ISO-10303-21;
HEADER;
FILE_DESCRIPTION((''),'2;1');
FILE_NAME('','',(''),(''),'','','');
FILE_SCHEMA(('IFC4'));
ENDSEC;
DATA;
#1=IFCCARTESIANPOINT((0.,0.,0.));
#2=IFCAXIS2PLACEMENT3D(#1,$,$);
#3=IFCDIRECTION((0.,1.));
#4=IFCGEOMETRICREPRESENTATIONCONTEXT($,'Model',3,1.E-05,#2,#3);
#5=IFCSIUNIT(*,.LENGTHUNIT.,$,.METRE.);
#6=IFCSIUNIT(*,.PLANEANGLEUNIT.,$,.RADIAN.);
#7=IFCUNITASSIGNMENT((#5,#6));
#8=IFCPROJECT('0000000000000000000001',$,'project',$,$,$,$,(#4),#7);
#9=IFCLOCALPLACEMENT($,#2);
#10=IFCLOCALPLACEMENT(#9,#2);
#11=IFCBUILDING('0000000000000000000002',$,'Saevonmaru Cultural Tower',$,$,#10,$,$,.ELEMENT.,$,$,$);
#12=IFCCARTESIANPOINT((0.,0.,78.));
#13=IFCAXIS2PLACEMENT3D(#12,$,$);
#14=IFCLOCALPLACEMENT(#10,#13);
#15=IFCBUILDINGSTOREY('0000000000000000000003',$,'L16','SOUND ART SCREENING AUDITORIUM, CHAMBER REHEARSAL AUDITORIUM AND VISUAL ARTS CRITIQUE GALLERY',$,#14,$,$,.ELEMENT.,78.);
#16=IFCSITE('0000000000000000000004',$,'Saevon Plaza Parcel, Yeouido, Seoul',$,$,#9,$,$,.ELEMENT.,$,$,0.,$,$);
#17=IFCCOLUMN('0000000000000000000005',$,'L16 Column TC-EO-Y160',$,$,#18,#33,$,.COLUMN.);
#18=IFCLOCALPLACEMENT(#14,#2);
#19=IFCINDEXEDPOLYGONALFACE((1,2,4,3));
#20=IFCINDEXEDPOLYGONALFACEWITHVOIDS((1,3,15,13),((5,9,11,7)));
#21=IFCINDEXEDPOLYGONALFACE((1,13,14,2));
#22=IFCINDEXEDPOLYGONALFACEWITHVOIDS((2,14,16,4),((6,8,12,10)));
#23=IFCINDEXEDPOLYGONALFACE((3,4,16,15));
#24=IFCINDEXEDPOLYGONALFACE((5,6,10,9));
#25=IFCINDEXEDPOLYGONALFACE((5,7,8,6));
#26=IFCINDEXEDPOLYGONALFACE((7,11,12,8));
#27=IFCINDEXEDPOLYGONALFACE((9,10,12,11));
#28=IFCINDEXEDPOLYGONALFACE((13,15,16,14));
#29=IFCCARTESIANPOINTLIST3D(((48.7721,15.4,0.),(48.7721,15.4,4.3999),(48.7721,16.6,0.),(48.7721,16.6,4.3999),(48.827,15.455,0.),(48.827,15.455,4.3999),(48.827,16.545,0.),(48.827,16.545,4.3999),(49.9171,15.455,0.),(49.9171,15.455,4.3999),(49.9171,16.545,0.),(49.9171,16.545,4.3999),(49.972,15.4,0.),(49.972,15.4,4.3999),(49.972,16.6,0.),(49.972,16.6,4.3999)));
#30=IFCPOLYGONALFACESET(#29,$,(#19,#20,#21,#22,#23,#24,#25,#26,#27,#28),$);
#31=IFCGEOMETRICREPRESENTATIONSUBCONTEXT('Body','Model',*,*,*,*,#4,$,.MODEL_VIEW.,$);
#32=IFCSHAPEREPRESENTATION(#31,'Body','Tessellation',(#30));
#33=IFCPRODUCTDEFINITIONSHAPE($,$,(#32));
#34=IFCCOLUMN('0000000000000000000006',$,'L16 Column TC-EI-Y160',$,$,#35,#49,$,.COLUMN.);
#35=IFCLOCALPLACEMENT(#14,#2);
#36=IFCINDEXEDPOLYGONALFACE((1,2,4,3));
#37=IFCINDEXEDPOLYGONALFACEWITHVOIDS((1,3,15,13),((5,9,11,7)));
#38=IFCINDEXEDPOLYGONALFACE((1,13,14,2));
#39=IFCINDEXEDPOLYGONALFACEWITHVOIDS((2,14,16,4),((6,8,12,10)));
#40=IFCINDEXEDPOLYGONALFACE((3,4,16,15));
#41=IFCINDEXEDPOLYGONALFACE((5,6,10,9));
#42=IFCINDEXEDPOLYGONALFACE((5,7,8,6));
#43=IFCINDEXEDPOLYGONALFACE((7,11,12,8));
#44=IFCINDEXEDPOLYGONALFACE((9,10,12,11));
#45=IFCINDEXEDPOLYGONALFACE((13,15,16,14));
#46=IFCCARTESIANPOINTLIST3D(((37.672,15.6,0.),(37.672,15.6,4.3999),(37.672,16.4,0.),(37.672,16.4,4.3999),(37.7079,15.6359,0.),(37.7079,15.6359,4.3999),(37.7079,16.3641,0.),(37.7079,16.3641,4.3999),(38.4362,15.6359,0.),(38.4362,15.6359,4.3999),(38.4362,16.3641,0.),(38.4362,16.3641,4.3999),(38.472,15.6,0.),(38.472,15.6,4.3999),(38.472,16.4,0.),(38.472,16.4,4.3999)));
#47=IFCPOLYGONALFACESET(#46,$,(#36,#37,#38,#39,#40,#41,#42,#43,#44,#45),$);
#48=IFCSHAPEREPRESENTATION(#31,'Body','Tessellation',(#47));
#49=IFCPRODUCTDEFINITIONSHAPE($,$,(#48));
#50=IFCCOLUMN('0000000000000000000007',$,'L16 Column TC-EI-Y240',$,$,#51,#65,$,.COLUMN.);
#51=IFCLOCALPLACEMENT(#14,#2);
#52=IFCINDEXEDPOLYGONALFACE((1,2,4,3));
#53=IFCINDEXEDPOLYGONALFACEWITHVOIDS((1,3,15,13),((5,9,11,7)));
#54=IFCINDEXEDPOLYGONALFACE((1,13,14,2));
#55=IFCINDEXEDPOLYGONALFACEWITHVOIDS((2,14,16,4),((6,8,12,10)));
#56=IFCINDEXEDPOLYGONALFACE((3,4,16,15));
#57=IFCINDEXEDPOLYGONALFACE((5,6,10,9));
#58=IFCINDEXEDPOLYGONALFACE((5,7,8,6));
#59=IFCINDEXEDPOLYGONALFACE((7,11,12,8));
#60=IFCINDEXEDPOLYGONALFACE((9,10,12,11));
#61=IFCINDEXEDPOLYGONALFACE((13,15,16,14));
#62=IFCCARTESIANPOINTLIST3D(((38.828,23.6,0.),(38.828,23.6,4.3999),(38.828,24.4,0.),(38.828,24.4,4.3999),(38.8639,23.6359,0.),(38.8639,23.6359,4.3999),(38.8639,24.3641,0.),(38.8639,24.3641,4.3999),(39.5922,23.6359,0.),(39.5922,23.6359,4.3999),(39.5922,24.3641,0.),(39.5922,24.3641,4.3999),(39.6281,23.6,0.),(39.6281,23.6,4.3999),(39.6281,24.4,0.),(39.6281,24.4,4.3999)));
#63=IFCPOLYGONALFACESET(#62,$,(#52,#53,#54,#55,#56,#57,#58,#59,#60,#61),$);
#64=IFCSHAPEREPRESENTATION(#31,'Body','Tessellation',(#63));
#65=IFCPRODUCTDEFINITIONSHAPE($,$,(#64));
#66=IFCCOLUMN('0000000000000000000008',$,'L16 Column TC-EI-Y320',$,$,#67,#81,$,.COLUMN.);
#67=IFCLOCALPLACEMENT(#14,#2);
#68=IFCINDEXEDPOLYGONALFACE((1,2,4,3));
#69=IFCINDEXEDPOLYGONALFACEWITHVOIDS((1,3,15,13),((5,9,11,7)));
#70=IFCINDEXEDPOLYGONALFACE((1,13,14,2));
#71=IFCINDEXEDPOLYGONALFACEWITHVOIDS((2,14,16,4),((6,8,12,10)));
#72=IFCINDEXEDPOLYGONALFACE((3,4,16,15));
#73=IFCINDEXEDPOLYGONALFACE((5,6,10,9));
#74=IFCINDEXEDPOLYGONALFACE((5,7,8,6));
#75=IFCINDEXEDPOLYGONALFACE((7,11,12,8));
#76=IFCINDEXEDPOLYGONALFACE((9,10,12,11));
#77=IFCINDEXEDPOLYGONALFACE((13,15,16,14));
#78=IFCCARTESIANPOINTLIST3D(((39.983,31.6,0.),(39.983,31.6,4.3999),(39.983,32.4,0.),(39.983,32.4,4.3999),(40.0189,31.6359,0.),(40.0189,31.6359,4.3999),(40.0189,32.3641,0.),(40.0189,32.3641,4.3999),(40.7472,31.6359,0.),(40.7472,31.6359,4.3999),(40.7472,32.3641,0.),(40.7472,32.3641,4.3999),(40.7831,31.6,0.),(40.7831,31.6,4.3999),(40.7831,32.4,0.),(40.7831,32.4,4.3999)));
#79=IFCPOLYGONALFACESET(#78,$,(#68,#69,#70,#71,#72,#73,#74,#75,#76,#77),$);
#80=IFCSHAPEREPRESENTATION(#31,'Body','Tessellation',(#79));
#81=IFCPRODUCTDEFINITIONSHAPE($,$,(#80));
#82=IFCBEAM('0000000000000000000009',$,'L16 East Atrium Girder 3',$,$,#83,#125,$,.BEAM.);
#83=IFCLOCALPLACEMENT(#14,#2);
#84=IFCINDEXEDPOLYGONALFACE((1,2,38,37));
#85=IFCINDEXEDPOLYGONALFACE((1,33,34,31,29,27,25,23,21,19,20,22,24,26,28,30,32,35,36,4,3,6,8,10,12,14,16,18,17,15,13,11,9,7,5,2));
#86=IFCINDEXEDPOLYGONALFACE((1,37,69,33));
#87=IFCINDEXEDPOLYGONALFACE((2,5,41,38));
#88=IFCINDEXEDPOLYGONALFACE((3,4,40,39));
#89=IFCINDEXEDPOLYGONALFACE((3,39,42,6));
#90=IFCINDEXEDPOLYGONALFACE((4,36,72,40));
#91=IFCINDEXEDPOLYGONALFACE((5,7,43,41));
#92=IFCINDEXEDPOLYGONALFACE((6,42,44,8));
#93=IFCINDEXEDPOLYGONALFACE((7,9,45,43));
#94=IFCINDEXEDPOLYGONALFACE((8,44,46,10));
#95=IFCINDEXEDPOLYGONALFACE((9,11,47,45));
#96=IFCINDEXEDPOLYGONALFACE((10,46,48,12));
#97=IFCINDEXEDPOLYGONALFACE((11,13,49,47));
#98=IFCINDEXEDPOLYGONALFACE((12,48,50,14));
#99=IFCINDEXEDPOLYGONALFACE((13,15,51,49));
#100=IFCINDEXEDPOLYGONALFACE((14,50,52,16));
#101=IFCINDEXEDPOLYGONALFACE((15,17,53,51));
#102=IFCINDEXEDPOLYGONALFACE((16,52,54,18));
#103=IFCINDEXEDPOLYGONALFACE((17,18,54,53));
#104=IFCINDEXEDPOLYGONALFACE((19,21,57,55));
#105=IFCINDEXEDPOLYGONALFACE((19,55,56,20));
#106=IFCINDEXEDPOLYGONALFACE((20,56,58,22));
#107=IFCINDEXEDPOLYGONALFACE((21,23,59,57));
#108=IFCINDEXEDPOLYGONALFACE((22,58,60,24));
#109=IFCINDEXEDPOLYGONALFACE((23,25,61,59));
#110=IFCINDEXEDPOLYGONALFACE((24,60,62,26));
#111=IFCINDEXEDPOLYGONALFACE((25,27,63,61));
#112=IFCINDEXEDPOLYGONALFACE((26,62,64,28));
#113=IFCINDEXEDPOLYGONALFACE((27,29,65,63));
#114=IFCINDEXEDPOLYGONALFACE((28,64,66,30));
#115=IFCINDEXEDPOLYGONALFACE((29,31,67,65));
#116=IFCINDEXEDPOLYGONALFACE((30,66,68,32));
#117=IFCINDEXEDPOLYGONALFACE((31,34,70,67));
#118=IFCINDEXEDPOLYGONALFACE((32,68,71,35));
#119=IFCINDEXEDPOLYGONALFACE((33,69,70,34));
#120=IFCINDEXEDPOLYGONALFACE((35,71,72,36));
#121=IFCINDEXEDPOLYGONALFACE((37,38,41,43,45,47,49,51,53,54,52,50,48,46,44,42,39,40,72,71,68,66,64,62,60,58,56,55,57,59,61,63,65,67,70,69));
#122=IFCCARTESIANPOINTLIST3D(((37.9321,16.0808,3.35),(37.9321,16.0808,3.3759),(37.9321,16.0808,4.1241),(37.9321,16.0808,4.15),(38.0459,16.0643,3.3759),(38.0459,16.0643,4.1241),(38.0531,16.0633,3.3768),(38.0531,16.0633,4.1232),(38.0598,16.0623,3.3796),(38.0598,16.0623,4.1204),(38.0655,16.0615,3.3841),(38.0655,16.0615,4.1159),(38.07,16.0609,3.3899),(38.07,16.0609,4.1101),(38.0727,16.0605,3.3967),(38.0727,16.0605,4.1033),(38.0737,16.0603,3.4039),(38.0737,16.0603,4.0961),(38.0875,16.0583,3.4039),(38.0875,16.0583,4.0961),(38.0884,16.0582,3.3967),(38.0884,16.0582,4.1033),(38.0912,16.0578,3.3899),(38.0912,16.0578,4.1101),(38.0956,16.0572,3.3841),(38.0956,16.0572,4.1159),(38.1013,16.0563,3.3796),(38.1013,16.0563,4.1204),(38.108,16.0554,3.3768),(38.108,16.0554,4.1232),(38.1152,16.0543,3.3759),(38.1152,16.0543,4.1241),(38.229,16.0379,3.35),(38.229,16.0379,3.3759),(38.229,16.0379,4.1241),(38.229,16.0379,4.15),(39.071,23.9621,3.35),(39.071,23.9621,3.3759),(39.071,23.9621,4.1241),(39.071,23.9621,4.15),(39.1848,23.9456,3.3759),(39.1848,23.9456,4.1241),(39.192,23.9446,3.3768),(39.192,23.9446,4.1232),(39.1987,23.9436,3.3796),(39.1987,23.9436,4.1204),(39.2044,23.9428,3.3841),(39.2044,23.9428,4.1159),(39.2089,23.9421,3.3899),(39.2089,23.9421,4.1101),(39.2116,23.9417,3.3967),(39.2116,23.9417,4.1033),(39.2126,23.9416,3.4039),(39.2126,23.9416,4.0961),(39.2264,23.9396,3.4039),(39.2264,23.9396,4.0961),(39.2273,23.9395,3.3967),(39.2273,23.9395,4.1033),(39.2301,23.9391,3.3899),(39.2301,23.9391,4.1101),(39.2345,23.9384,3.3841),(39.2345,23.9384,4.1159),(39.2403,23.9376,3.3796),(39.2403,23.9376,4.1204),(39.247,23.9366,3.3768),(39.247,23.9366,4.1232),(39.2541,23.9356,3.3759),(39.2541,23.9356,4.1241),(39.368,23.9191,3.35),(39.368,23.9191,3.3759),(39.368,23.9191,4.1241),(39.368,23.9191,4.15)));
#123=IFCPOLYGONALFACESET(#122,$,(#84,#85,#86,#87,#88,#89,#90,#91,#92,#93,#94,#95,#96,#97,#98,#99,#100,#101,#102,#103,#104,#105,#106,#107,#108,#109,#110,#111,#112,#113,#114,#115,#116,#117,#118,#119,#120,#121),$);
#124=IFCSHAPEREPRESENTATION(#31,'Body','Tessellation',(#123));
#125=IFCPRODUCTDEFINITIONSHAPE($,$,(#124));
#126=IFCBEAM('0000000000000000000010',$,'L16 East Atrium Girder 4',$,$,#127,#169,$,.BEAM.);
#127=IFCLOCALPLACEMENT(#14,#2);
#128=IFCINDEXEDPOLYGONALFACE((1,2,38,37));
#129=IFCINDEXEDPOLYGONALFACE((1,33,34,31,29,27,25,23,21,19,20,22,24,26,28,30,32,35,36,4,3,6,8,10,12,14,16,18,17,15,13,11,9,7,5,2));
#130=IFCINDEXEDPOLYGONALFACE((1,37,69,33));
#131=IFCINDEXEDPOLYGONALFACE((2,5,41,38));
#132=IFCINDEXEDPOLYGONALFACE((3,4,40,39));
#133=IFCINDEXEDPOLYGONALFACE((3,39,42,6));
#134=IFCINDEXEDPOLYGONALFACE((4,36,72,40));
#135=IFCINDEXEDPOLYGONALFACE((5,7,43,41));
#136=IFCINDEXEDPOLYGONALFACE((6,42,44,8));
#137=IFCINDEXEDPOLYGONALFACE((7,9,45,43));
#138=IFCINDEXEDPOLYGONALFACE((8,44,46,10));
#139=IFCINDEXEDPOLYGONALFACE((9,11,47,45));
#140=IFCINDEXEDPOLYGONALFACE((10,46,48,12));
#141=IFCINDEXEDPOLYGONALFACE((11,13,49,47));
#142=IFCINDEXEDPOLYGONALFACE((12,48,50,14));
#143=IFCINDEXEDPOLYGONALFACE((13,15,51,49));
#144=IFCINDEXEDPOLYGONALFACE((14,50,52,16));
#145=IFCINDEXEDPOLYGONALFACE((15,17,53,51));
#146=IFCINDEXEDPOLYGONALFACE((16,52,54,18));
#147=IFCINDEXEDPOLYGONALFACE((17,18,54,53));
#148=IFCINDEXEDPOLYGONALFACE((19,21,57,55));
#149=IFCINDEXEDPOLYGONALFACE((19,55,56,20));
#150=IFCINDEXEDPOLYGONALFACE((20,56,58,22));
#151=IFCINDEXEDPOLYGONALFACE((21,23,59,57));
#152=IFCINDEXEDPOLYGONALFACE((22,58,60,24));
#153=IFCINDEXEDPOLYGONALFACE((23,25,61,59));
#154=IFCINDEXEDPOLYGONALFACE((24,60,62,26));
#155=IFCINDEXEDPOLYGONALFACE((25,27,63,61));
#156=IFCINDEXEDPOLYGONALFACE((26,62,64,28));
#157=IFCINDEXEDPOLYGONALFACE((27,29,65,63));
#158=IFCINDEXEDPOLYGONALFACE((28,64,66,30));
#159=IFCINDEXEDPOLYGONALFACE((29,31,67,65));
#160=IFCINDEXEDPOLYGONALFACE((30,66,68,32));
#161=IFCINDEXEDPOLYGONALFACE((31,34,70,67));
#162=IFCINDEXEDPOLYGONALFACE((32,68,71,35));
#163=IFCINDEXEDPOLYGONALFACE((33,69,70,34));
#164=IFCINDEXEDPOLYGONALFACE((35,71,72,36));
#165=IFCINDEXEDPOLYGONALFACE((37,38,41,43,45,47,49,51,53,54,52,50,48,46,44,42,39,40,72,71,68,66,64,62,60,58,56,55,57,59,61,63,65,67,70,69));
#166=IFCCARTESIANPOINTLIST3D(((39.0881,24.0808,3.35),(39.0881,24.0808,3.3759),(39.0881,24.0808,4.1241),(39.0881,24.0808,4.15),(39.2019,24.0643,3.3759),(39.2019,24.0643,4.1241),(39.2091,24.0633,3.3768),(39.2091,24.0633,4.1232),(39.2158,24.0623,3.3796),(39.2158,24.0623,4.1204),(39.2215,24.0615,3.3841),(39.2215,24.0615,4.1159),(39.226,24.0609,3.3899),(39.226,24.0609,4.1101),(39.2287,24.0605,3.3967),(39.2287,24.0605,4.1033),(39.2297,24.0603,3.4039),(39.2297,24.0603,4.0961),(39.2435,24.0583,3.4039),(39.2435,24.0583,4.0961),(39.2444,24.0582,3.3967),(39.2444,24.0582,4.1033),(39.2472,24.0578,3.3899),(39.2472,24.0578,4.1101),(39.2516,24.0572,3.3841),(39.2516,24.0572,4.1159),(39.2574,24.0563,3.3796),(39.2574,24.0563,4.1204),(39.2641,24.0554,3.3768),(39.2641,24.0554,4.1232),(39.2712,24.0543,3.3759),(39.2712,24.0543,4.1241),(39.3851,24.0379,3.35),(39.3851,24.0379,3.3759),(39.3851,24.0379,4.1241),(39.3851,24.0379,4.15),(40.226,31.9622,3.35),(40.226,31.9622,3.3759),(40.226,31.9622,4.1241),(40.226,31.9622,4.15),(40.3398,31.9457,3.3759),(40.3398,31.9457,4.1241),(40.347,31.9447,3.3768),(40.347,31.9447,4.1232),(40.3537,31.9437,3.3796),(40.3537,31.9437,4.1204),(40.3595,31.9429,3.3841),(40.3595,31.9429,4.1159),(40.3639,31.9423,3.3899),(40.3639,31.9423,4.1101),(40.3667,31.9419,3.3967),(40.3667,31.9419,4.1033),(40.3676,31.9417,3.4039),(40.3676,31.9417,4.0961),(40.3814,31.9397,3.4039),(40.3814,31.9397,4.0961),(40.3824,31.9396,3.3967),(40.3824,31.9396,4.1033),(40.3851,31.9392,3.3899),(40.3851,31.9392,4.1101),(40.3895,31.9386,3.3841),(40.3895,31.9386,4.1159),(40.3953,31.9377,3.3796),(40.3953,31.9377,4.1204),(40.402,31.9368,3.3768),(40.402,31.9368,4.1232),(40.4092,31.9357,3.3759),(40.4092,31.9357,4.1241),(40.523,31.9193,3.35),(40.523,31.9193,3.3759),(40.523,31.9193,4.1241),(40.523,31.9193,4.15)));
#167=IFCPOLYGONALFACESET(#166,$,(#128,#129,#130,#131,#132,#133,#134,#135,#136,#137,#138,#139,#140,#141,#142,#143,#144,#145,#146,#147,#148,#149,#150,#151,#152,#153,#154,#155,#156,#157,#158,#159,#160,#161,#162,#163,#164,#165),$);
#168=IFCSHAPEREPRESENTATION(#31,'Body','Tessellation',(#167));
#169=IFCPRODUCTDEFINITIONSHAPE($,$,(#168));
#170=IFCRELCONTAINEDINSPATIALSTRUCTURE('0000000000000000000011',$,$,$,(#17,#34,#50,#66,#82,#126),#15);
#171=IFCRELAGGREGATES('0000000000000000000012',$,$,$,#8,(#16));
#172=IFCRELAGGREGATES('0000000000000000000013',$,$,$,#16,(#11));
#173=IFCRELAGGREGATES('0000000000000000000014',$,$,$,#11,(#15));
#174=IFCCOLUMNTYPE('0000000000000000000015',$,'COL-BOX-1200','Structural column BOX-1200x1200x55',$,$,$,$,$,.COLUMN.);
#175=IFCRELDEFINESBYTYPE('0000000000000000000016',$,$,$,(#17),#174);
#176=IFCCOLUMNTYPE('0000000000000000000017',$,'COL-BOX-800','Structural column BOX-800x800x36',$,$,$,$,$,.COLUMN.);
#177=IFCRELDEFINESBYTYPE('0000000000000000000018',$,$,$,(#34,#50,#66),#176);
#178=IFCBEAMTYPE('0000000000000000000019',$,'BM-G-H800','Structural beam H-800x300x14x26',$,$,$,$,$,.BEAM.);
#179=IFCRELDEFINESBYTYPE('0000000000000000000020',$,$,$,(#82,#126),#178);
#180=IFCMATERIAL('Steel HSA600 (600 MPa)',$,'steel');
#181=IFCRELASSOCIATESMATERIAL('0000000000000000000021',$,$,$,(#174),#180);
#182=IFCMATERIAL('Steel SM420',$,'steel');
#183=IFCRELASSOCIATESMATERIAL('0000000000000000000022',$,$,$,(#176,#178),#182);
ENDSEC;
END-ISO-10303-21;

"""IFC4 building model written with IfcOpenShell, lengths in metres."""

from ifc_helpers import new_model, si_unit, direction, frame, origin, origin_2d, place, context, subcontext, project, spatial, hollow_rectangle, i_section, extrude, material, material_profile, profile_set, type_object, element, save


model = new_model("IFC4")

# Units and contexts
model_context = context("Model", 3, precision=1e-05, world=origin(), true_north=direction((0.0, 1.0)))
body_context = subcontext(model_context, "Body", "Model", "MODEL_VIEW")
ifc_project = project(units=[si_unit("LENGTHUNIT", "METRE"), si_unit("PLANEANGLEUNIT", "RADIAN")], contexts=[model_context])

# Site, building, storey
site_placement = place(None, origin())
site = spatial("IfcSite", under=ifc_project, at=site_placement, Name="Saevon Plaza Parcel, Yeouido, Seoul", CompositionType="ELEMENT", RefElevation=0.0)
building_placement = place(site_placement, origin())
building = spatial("IfcBuilding", under=site, at=building_placement, Name="Saevonmaru Cultural Tower", CompositionType="ELEMENT")
storey_placement = place(building_placement, frame((0.0, 0.0, 78.0)))
storey = spatial("IfcBuildingStorey", under=building, at=storey_placement, Name="L16", Description="SOUND ART SCREENING AUDITORIUM, CHAMBER REHEARSAL AUDITORIUM AND VISUAL ARTS CRITIQUE GALLERY", CompositionType="ELEMENT", Elevation=78.0)

# Columns
ifc_material_1 = material(Name="Steel HSA600 (600 MPa)", Category="steel")
ifc_material_profile_1 = material_profile(ifc_material_1, hollow_rectangle(XDim=1.2, YDim=1.2, WallThickness=0.0549, at=origin_2d()), Name="BOX-1200x1200x55")
ifc_profile_set_1 = profile_set([ifc_material_profile_1], Name="Steel HSA600 (600 MPa)")
column_type_1 = type_object("IfcColumnType", Name="COL-BOX-1200", Description="Structural column BOX-1200x1200x55", PredefinedType="COLUMN", material=ifc_profile_set_1)
column_placement = place(storey_placement, frame((49.3721, 16.0, 0.0), z_axis=(0.0, 0.0, 1.0), x_axis=(1.0, 0.0, 0.0)))
element("IfcColumn", 1, at=column_placement, inside=storey, type_object=column_type_1, Name="L16 Column TC-EO-Y160", PredefinedType="COLUMN", context=body_context, shape_type="SweptSolid", body=[
    extrude(hollow_rectangle(XDim=1.2, YDim=1.2, WallThickness=0.0549, at=origin_2d()), origin(), (0.0, 0.0, 1.0), 4.3999),
])
ifc_material_2 = material(Name="Steel SM420", Category="steel")
ifc_material_profile_2 = material_profile(ifc_material_2, hollow_rectangle(XDim=0.8, YDim=0.8, WallThickness=0.0359, at=origin_2d()), Name="BOX-800x800x36")
ifc_profile_set_2 = profile_set([ifc_material_profile_2], Name="Steel SM420")
column_type_2 = type_object("IfcColumnType", Name="COL-BOX-800", Description="Structural column BOX-800x800x36", PredefinedType="COLUMN", material=ifc_profile_set_2)
for number, where, z_axis, x_axis, name in (
    (2, (38.072, 16.0, 0.0), (0.0, 0.0, 1.0), (1.0, 0.0, 0.0), "L16 Column TC-EI-Y160"),
    (3, (39.228, 24.0, 0.0), (0.0, 0.0, 1.0), (1.0, 0.0, 0.0), "L16 Column TC-EI-Y240"),
    (4, (40.3831, 32.0, 0.0), (0.0, 0.0, 1.0), (1.0, 0.0, 0.0), "L16 Column TC-EI-Y320"),
):
    element("IfcColumn", number, at=place(storey_placement, frame(where, z_axis=z_axis, x_axis=x_axis)), inside=storey, type_object=column_type_2, Name=name, PredefinedType="COLUMN", context=body_context, shape_type="SweptSolid", body=[
        extrude(hollow_rectangle(XDim=0.8, YDim=0.8, WallThickness=0.0359, at=origin_2d()), origin(), (0.0, 0.0, 1.0), 4.3999),
    ])

# Beams
ifc_material_profile_3 = material_profile(ifc_material_2, i_section(OverallWidth=0.3, OverallDepth=0.8, WebThickness=0.0139, FlangeThickness=0.0259, FilletRadius=0.0281, at=origin_2d()), Name="H-800x300x14x26")
ifc_profile_set_3 = profile_set([ifc_material_profile_3], Name="Steel SM420")
beam_type_1 = type_object("IfcBeamType", Name="BM-G-H800", Description="Structural beam H-800x300x14x26", PredefinedType="BEAM", material=ifc_profile_set_3)
for number, where, z_axis, x_axis, name in (
    (5, (38.0806, 16.0593, 3.75), (0.143022, 0.989719, 0.0), (-0.989719, 0.143022, 0.0), "L16 East Atrium Girder 3"),
    (6, (39.2366, 24.0593, 3.75), (0.142902, 0.989737, 0.0), (-0.989737, 0.142902, 0.0), "L16 East Atrium Girder 4"),
):
    element("IfcBeam", number, at=place(storey_placement, frame(where, z_axis=z_axis, x_axis=x_axis)), inside=storey, type_object=beam_type_1, Name=name, PredefinedType="BEAM", context=body_context, shape_type="SweptSolid", body=[
        extrude(i_section(OverallWidth=0.3, OverallDepth=0.8, WebThickness=0.0139, FlangeThickness=0.0259, FilletRadius=0.0281, at=origin_2d()), origin(), (0.0, 0.0, 1.0), 7.9631),
    ])

save(model, "model.ifc")
